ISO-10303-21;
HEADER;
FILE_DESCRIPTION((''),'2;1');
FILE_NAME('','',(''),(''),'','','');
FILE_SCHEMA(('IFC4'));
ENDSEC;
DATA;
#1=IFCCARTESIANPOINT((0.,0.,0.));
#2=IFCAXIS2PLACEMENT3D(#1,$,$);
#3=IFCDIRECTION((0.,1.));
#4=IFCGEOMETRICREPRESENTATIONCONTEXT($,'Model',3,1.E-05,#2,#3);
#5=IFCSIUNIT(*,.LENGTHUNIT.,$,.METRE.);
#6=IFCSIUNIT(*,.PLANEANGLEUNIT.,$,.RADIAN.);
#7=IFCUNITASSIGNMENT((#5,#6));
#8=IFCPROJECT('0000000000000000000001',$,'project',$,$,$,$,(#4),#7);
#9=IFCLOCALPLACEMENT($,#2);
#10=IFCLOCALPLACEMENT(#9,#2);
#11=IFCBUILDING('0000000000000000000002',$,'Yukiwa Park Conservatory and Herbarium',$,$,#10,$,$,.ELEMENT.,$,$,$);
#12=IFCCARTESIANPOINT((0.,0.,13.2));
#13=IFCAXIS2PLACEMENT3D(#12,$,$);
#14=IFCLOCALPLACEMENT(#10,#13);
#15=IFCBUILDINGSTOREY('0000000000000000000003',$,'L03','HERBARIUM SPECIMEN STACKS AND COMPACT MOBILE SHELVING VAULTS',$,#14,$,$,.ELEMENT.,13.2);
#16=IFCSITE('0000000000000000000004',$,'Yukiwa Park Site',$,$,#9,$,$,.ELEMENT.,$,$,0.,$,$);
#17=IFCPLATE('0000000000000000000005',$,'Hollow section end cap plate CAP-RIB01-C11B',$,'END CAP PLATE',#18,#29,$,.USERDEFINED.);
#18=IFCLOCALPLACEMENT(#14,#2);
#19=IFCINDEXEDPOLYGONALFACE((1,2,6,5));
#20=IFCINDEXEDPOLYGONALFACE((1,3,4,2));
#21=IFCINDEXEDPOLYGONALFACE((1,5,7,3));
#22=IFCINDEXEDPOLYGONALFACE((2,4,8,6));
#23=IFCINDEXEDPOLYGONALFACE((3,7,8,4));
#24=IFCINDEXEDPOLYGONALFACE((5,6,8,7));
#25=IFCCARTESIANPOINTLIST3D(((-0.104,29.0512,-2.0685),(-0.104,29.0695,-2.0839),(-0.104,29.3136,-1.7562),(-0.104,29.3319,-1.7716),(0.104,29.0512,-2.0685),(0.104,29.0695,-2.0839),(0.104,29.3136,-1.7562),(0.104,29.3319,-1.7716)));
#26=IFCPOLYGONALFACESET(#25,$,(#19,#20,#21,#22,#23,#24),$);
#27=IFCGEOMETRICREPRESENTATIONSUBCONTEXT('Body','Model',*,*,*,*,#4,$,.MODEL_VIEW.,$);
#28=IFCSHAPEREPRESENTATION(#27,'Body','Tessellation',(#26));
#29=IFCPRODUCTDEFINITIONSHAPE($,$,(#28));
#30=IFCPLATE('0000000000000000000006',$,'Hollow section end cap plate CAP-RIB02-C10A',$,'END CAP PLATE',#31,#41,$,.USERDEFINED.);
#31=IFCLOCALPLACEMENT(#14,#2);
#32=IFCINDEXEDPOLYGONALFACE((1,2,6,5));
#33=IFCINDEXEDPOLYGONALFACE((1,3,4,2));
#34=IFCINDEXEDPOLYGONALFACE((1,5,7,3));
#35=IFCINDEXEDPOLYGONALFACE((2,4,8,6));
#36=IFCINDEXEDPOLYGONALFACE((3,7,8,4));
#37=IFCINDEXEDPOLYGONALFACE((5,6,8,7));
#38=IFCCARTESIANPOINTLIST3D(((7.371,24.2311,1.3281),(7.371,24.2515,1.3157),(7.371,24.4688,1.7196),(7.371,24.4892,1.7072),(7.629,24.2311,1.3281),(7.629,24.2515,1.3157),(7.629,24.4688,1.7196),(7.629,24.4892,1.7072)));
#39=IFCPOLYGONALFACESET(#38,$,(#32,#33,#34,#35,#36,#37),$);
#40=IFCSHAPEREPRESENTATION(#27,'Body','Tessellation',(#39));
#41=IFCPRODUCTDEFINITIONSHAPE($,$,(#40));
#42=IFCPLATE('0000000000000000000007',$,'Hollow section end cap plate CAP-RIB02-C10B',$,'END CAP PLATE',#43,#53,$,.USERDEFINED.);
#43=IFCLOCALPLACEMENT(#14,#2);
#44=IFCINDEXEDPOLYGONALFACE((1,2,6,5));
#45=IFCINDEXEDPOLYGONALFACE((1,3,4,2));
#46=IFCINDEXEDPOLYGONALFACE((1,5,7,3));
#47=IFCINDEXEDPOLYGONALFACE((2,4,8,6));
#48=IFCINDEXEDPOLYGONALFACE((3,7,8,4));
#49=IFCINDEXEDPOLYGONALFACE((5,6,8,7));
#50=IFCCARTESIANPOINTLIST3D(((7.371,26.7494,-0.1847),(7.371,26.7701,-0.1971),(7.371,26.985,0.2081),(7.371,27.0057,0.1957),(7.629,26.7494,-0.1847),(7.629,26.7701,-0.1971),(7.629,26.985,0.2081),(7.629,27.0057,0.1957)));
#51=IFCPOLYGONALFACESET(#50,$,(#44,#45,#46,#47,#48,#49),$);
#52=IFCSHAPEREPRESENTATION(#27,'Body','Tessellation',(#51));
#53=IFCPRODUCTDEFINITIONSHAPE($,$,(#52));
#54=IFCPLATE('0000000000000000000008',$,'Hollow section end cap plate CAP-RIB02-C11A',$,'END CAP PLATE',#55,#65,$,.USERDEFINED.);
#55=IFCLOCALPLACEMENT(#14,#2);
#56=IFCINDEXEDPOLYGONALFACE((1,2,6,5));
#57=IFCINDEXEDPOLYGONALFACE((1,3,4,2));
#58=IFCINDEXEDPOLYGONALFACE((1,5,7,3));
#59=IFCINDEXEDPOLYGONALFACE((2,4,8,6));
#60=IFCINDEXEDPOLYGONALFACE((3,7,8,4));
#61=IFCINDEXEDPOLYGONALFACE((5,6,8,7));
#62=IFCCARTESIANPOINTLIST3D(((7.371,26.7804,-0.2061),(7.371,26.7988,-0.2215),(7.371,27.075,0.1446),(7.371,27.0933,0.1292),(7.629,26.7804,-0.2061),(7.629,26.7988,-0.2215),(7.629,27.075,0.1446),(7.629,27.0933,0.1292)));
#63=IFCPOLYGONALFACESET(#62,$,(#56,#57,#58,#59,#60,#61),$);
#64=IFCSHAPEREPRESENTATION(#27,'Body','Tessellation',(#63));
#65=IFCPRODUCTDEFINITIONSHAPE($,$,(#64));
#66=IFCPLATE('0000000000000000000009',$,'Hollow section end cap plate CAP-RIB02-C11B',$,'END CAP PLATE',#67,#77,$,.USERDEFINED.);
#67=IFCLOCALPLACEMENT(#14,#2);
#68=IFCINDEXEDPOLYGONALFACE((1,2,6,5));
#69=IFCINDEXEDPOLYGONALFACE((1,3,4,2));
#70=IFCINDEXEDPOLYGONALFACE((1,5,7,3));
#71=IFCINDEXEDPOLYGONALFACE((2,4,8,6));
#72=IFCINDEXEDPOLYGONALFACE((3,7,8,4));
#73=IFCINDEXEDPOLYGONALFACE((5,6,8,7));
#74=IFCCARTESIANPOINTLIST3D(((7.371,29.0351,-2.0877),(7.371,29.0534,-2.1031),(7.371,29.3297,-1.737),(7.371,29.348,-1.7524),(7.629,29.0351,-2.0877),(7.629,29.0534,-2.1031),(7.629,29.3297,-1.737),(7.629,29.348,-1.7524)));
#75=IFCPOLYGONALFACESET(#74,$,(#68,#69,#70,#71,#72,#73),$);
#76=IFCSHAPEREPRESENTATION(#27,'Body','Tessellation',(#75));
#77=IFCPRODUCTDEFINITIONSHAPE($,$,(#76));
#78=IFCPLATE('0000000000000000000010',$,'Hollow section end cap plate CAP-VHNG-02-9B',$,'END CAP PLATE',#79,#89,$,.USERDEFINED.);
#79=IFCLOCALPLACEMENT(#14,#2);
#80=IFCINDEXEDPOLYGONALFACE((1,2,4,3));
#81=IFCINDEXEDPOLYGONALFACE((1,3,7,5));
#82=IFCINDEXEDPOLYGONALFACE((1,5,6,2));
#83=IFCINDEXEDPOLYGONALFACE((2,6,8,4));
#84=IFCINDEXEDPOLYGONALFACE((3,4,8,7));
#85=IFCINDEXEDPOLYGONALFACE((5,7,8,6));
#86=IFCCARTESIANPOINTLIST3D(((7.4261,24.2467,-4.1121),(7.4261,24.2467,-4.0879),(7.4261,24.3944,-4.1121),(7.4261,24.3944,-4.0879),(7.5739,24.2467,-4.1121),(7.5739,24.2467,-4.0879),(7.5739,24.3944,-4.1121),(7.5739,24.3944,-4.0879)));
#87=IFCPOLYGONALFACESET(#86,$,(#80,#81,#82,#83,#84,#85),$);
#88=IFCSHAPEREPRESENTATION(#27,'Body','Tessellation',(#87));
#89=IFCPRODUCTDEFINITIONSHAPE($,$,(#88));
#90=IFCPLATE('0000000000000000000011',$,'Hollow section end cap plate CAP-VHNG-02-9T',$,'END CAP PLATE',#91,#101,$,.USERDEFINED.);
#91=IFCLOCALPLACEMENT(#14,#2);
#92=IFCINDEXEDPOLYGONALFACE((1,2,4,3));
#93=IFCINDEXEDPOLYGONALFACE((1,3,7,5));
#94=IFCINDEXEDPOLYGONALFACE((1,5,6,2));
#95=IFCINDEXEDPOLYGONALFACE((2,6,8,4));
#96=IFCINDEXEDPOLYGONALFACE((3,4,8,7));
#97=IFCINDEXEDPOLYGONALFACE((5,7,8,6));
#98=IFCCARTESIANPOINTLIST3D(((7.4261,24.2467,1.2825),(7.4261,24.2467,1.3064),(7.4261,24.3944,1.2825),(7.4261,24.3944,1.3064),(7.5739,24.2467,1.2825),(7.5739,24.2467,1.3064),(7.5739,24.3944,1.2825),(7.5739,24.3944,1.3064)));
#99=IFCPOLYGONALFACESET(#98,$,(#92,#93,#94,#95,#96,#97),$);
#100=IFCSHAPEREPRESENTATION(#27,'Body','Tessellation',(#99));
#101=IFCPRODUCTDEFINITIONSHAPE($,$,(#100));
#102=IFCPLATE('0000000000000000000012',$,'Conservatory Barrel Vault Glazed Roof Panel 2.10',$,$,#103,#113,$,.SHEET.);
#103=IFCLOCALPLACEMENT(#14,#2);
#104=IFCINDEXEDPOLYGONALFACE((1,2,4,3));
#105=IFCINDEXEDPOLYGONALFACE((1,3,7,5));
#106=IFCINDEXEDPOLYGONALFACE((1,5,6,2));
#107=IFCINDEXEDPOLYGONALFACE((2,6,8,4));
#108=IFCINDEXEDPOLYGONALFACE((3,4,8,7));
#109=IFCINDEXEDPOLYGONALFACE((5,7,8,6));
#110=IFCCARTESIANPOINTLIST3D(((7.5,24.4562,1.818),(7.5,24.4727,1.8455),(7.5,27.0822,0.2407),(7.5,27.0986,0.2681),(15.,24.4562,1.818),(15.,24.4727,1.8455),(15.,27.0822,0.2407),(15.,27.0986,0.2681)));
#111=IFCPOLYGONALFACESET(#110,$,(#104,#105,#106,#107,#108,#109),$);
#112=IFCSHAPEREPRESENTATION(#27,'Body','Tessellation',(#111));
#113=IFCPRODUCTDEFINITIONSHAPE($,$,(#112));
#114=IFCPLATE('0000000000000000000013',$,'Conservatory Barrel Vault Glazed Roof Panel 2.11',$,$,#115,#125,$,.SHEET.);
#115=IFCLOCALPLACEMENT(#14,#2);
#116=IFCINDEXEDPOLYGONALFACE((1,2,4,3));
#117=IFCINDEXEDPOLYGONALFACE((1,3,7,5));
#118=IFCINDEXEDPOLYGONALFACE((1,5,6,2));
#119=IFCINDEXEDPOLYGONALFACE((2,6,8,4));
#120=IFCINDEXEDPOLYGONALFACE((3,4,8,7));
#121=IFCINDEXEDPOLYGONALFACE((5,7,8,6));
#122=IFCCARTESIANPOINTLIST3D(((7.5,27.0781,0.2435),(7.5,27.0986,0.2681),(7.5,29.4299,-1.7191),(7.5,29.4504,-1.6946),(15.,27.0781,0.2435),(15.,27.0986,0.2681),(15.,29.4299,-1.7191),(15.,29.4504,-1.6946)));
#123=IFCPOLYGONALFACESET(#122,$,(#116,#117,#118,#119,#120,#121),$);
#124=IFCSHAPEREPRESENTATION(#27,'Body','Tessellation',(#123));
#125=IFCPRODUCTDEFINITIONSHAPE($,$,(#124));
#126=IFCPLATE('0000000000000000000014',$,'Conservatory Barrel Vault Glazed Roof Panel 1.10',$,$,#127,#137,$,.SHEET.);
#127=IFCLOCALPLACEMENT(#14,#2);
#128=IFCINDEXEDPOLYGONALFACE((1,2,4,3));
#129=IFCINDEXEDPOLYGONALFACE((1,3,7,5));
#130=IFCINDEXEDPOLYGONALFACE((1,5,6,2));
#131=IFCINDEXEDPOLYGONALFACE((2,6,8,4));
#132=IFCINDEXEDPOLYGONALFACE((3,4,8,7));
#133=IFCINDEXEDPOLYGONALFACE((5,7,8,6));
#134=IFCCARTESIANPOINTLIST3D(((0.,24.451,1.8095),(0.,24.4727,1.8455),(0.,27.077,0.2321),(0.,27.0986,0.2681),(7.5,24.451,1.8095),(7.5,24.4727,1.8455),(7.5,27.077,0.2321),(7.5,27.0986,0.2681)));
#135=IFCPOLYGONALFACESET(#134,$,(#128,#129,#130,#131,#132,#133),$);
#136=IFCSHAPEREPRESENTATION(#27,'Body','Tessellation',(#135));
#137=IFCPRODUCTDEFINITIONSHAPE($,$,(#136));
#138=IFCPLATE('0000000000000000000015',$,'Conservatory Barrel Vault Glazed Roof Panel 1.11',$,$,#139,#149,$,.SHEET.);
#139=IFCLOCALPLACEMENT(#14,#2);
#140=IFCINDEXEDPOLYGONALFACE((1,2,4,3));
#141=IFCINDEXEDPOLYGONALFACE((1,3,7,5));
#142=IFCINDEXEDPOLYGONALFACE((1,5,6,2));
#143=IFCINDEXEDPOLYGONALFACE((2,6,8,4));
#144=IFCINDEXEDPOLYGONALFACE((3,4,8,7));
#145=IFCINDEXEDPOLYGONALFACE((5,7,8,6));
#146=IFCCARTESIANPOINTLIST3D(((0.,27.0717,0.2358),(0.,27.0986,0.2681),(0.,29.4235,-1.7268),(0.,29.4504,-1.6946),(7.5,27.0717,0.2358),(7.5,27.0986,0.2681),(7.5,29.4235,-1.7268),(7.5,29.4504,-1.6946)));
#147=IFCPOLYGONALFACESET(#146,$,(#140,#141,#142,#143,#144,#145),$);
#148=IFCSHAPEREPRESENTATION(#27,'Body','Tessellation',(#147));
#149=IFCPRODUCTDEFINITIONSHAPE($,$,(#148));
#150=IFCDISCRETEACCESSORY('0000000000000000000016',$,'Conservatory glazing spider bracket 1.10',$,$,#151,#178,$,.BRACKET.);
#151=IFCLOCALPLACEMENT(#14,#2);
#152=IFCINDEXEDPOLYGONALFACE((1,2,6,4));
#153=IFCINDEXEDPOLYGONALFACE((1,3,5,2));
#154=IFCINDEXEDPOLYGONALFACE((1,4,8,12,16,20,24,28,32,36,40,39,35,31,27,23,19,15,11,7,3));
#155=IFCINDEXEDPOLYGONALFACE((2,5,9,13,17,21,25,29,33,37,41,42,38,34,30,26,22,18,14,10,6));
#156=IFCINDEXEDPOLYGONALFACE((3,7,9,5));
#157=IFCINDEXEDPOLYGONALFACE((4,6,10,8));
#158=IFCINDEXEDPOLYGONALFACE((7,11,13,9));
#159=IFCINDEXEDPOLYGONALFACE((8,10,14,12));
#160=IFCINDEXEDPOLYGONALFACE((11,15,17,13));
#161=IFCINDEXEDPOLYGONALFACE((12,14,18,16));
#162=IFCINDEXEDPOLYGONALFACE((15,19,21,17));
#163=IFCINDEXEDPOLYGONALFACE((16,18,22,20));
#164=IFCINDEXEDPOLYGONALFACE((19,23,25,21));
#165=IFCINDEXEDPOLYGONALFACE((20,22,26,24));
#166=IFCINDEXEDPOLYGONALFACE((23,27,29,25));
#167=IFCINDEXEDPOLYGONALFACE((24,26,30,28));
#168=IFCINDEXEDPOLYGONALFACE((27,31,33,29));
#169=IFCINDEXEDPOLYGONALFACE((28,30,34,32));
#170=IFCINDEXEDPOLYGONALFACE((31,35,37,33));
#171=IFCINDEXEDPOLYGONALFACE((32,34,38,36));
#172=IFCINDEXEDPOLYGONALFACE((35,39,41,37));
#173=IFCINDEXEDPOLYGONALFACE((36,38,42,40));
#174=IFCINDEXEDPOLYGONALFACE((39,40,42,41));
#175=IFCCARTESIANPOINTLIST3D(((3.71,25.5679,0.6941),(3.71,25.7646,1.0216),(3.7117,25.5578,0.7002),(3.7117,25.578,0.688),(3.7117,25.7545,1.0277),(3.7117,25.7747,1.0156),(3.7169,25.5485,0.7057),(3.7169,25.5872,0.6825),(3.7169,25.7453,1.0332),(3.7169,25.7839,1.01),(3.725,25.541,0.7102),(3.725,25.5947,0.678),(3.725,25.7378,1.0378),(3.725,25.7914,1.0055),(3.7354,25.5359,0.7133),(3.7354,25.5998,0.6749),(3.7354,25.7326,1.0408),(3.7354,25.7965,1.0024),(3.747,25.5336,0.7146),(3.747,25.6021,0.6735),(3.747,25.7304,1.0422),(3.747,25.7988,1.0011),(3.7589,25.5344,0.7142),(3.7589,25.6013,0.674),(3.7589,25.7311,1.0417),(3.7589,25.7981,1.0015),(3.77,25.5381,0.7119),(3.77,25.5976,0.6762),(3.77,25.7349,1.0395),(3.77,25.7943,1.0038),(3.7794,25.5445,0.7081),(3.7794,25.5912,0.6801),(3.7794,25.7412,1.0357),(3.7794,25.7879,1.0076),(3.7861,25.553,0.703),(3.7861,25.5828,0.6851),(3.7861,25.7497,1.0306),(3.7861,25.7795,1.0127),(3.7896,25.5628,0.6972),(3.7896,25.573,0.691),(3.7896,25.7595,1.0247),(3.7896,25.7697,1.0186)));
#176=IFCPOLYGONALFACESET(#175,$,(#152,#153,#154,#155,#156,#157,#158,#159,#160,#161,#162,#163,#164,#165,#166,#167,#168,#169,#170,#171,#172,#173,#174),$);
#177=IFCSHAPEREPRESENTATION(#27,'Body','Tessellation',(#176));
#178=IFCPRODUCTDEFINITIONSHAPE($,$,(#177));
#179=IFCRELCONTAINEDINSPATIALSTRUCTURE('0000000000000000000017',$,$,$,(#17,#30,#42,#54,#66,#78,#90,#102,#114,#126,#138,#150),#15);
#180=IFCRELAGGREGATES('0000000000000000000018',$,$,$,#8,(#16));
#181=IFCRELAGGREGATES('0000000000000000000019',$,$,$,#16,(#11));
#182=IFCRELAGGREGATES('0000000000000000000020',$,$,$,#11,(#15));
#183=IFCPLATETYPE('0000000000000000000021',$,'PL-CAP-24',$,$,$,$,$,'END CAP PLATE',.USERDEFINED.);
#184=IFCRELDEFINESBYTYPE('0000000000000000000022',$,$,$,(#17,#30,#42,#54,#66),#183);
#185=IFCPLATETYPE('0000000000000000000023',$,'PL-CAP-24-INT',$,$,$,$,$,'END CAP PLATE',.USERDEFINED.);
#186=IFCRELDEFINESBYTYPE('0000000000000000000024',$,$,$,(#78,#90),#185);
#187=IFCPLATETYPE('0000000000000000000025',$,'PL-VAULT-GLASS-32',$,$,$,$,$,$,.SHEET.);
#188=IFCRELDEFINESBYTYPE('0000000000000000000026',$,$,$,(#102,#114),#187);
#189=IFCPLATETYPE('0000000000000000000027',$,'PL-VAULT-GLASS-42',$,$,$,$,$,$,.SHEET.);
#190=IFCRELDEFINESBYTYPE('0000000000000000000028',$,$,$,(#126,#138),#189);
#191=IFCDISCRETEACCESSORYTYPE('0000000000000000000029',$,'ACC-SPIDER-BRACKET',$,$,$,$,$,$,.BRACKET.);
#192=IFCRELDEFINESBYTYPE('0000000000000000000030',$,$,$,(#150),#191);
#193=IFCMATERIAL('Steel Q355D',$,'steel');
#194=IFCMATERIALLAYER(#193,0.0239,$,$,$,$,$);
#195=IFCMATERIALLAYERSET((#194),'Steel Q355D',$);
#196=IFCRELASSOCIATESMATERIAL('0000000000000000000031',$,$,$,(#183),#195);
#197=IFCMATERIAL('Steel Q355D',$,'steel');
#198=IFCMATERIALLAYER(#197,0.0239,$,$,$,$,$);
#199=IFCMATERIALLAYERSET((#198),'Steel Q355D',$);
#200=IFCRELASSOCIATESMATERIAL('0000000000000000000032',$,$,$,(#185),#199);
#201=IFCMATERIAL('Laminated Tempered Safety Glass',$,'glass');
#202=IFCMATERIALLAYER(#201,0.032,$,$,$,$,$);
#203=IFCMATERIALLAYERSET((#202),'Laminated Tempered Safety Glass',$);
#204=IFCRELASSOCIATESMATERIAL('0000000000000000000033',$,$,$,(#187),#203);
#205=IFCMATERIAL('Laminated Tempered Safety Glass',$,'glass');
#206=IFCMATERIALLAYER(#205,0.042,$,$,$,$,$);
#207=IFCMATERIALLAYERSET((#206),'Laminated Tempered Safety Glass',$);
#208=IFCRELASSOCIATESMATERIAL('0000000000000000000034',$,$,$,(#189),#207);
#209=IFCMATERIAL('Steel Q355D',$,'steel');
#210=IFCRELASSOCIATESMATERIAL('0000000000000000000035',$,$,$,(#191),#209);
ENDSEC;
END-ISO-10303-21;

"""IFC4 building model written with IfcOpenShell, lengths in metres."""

from ifc_helpers import new_model, si_unit, direction, frame, origin, origin_2d, place, context, subcontext, project, spatial, polyline, rectangle, circle, outline, extrude, material, layer, layer_set, type_object, element, save


model = new_model("IFC4")

# Units and contexts
model_context = context("Model", 3, precision=1e-05, world=origin(), true_north=direction((0.0, 1.0)))
body_context = subcontext(model_context, "Body", "Model", "MODEL_VIEW")
ifc_project = project(units=[si_unit("LENGTHUNIT", "METRE"), si_unit("PLANEANGLEUNIT", "RADIAN")], contexts=[model_context])

# Site, building, storey
site_placement = place(None, origin())
site = spatial("IfcSite", under=ifc_project, at=site_placement, Name="Yukiwa Park Site", CompositionType="ELEMENT", RefElevation=0.0)
building_placement = place(site_placement, origin())
building = spatial("IfcBuilding", under=site, at=building_placement, Name="Yukiwa Park Conservatory and Herbarium", CompositionType="ELEMENT")
storey_placement = place(building_placement, frame((0.0, 0.0, 13.2)))
storey = spatial("IfcBuildingStorey", under=building, at=storey_placement, Name="L03", Description="HERBARIUM SPECIMEN STACKS AND COMPACT MOBILE SHELVING VAULTS", CompositionType="ELEMENT", Elevation=13.2)

# Plates
ifc_material_1 = material(Name="Steel Q355D", Category="steel")
ifc_layer_1 = layer(ifc_material_1, 0.0239)
ifc_layer_set_1 = layer_set([ifc_layer_1], Name="Steel Q355D")
plate_type_1 = type_object("IfcPlateType", Name="PL-CAP-24", ElementType="END CAP PLATE", PredefinedType="USERDEFINED", material=ifc_layer_set_1)
for number, where, z_axis, x_axis, name in (
    (1, (0.0, 29.1824, -1.9124), (0.0, 0.765705, -0.643192), (-1.0, 0.0, 0.0), "Hollow section end cap plate CAP-RIB01-C11B"),
):
    element("IfcPlate", number, at=place(storey_placement, frame(where, z_axis=z_axis, x_axis=x_axis)), inside=storey, type_object=plate_type_1, Name=name, ObjectType="END CAP PLATE", PredefinedType="USERDEFINED", context=body_context, shape_type="SweptSolid", body=[
        extrude(rectangle(XDim=0.208, YDim=0.408, at=origin_2d()), origin(), (0.0, 0.0, 1.0), 0.0239),
    ])
plate_1_placement = place(storey_placement, frame((7.5, 24.3704, 1.5115), z_axis=(0.0, -0.854788, 0.518978), x_axis=(1.0, 0.0, 0.0)))
element("IfcPlate", 2, at=plate_1_placement, inside=storey, type_object=plate_type_1, Name="Hollow section end cap plate CAP-RIB02-C10A", ObjectType="END CAP PLATE", PredefinedType="USERDEFINED", context=body_context, shape_type="SweptSolid", body=[
    extrude(rectangle(XDim=0.2581, YDim=0.458, at=origin_2d()), origin(), (0.0, 0.0, 1.0), 0.0239),
])
plate_2_placement = place(storey_placement, frame((7.5, 26.8672, 0.0117), z_axis=(0.0, 0.857493, -0.514496), x_axis=(-1.0, 0.0, 0.0)))
element("IfcPlate", 3, at=plate_2_placement, inside=storey, type_object=plate_type_1, Name="Hollow section end cap plate CAP-RIB02-C10B", ObjectType="END CAP PLATE", PredefinedType="USERDEFINED", context=body_context, shape_type="SweptSolid", body=[
    extrude(rectangle(XDim=0.2581, YDim=0.458, at=origin_2d()), origin(), (0.0, 0.0, 1.0), 0.0242),
])
for number, where, z_axis, x_axis, name in (
    (4, (7.5, 26.946, -0.0461), (0.0, -0.765705, 0.643192), (1.0, 0.0, 0.0), "Hollow section end cap plate CAP-RIB02-C11A"),
    (5, (7.5, 29.1824, -1.9124), (0.0, 0.765705, -0.643192), (-1.0, 0.0, 0.0), "Hollow section end cap plate CAP-RIB02-C11B"),
):
    element("IfcPlate", number, at=place(storey_placement, frame(where, z_axis=z_axis, x_axis=x_axis)), inside=storey, type_object=plate_type_1, Name=name, ObjectType="END CAP PLATE", PredefinedType="USERDEFINED", context=body_context, shape_type="SweptSolid", body=[
        extrude(rectangle(XDim=0.2581, YDim=0.458, at=origin_2d()), origin(), (0.0, 0.0, 1.0), 0.0239),
    ])
ifc_material_2 = material(Name="Steel Q355D", Category="steel")
ifc_layer_2 = layer(ifc_material_2, 0.0239)
ifc_layer_set_2 = layer_set([ifc_layer_2], Name="Steel Q355D")
plate_type_2 = type_object("IfcPlateType", Name="PL-CAP-24-INT", ElementType="END CAP PLATE", PredefinedType="USERDEFINED", material=ifc_layer_set_2)
plate_3_placement = place(storey_placement, frame((7.5, 24.3206, -4.0879), z_axis=(0.0, 0.0, -1.0), x_axis=(1.0, 0.0, 0.0)))
element("IfcPlate", 6, at=plate_3_placement, inside=storey, type_object=plate_type_2, Name="Hollow section end cap plate CAP-VHNG-02-9B", ObjectType="END CAP PLATE", PredefinedType="USERDEFINED", context=body_context, shape_type="SweptSolid", body=[
    extrude(rectangle(XDim=0.1477, YDim=0.1477, at=origin_2d()), origin(), (0.0, 0.0, 1.0), 0.0242),
])
plate_4_placement = place(storey_placement, frame((7.5, 24.3206, 1.2825), z_axis=(0.0, 0.0, 1.0), x_axis=(1.0, 0.0, 0.0)))
element("IfcPlate", 7, at=plate_4_placement, inside=storey, type_object=plate_type_2, Name="Hollow section end cap plate CAP-VHNG-02-9T", ObjectType="END CAP PLATE", PredefinedType="USERDEFINED", context=body_context, shape_type="SweptSolid", body=[
    extrude(rectangle(XDim=0.1477, YDim=0.1477, at=origin_2d()), origin(), (0.0, 0.0, 1.0), 0.0239),
])
ifc_material_3 = material(Name="Laminated Tempered Safety Glass", Category="glass")
ifc_layer_3 = layer(ifc_material_3, 0.032)
ifc_layer_set_3 = layer_set([ifc_layer_3], Name="Laminated Tempered Safety Glass")
plate_type_3 = type_object("IfcPlateType", Name="PL-VAULT-GLASS-32", PredefinedType="SHEET", material=ifc_layer_set_3)
plate_5_placement = place(storey_placement, frame((7.5, 24.4727, 1.8455), z_axis=(0.0, 0.514929, 0.857233), x_axis=(1.0, 0.0, 0.0)))
element("IfcPlate", 8, at=plate_5_placement, inside=storey, type_object=plate_type_3, Name="Conservatory Barrel Vault Glazed Roof Panel 2.10", PredefinedType="SHEET", context=body_context, shape_type="SweptSolid", body=[
    extrude(outline(polyline([(0.0, 0.0), (7.5, 0.0), (7.5, 3.0633), (0.0, 3.0633), (0.0, 0.0)])), origin(), (0.0, 0.0, -1.0), 0.032),
])
plate_6_placement = place(storey_placement, frame((7.5, 27.0986, 0.2681), z_axis=(0.0, 0.640725, 0.76777), x_axis=(1.0, 0.0, 0.0)))
element("IfcPlate", 9, at=plate_6_placement, inside=storey, type_object=plate_type_3, Name="Conservatory Barrel Vault Glazed Roof Panel 2.11", PredefinedType="SHEET", context=body_context, shape_type="SweptSolid", body=[
    extrude(outline(polyline([(0.0, 0.0), (7.5, 0.0), (7.5, 3.0632), (0.0, 3.0632), (0.0, 0.0)])), origin(), (0.0, 0.0, -1.0), 0.032),
])
ifc_material_4 = material(Name="Laminated Tempered Safety Glass", Category="glass")
ifc_layer_4 = layer(ifc_material_4, 0.042)
ifc_layer_set_4 = layer_set([ifc_layer_4], Name="Laminated Tempered Safety Glass")
plate_type_4 = type_object("IfcPlateType", Name="PL-VAULT-GLASS-42", PredefinedType="SHEET", material=ifc_layer_set_4)
plate_7_placement = place(storey_placement, frame((0.0, 24.4727, 1.8455), z_axis=(0.0, 0.514929, 0.857233), x_axis=(1.0, 0.0, 0.0)))
element("IfcPlate", 10, at=plate_7_placement, inside=storey, type_object=plate_type_4, Name="Conservatory Barrel Vault Glazed Roof Panel 1.10", PredefinedType="SHEET", context=body_context, shape_type="SweptSolid", body=[
    extrude(outline(polyline([(0.0, 0.0), (7.5, 0.0), (7.5, 3.0633), (0.0, 3.0633), (0.0, 0.0)])), origin(), (0.0, 0.0, -1.0), 0.042),
])
plate_8_placement = place(storey_placement, frame((0.0, 27.0986, 0.2681), z_axis=(0.0, 0.640725, 0.76777), x_axis=(1.0, 0.0, 0.0)))
element("IfcPlate", 11, at=plate_8_placement, inside=storey, type_object=plate_type_4, Name="Conservatory Barrel Vault Glazed Roof Panel 1.11", PredefinedType="SHEET", context=body_context, shape_type="SweptSolid", body=[
    extrude(outline(polyline([(0.0, 0.0), (7.5, 0.0), (7.5, 3.0632), (0.0, 3.0632), (0.0, 0.0)])), origin(), (0.0, 0.0, -1.0), 0.042),
])

# Discrete accessory
ifc_material_5 = material(Name="Steel Q355D", Category="steel")
discrete_accessory_type = type_object("IfcDiscreteAccessoryType", Name="ACC-SPIDER-BRACKET", PredefinedType="BRACKET", material=ifc_material_5)
discrete_accessory_1_placement = place(storey_placement, frame((3.75, 25.5679, 0.6941), z_axis=(0.0, 0.514871, 0.857267), x_axis=(-1.0, 0.0, 0.0)))
element("IfcDiscreteAccessory", 12, at=discrete_accessory_1_placement, inside=storey, type_object=discrete_accessory_type, Name="Conservatory glazing spider bracket 1.10", PredefinedType="BRACKET", context=body_context, shape_type="SweptSolid", body=[
    extrude(circle(Radius=0.04, at=origin_2d()), origin(), (0.0, 0.0, 1.0), 0.3821),
])

save(model, "model.ifc")
